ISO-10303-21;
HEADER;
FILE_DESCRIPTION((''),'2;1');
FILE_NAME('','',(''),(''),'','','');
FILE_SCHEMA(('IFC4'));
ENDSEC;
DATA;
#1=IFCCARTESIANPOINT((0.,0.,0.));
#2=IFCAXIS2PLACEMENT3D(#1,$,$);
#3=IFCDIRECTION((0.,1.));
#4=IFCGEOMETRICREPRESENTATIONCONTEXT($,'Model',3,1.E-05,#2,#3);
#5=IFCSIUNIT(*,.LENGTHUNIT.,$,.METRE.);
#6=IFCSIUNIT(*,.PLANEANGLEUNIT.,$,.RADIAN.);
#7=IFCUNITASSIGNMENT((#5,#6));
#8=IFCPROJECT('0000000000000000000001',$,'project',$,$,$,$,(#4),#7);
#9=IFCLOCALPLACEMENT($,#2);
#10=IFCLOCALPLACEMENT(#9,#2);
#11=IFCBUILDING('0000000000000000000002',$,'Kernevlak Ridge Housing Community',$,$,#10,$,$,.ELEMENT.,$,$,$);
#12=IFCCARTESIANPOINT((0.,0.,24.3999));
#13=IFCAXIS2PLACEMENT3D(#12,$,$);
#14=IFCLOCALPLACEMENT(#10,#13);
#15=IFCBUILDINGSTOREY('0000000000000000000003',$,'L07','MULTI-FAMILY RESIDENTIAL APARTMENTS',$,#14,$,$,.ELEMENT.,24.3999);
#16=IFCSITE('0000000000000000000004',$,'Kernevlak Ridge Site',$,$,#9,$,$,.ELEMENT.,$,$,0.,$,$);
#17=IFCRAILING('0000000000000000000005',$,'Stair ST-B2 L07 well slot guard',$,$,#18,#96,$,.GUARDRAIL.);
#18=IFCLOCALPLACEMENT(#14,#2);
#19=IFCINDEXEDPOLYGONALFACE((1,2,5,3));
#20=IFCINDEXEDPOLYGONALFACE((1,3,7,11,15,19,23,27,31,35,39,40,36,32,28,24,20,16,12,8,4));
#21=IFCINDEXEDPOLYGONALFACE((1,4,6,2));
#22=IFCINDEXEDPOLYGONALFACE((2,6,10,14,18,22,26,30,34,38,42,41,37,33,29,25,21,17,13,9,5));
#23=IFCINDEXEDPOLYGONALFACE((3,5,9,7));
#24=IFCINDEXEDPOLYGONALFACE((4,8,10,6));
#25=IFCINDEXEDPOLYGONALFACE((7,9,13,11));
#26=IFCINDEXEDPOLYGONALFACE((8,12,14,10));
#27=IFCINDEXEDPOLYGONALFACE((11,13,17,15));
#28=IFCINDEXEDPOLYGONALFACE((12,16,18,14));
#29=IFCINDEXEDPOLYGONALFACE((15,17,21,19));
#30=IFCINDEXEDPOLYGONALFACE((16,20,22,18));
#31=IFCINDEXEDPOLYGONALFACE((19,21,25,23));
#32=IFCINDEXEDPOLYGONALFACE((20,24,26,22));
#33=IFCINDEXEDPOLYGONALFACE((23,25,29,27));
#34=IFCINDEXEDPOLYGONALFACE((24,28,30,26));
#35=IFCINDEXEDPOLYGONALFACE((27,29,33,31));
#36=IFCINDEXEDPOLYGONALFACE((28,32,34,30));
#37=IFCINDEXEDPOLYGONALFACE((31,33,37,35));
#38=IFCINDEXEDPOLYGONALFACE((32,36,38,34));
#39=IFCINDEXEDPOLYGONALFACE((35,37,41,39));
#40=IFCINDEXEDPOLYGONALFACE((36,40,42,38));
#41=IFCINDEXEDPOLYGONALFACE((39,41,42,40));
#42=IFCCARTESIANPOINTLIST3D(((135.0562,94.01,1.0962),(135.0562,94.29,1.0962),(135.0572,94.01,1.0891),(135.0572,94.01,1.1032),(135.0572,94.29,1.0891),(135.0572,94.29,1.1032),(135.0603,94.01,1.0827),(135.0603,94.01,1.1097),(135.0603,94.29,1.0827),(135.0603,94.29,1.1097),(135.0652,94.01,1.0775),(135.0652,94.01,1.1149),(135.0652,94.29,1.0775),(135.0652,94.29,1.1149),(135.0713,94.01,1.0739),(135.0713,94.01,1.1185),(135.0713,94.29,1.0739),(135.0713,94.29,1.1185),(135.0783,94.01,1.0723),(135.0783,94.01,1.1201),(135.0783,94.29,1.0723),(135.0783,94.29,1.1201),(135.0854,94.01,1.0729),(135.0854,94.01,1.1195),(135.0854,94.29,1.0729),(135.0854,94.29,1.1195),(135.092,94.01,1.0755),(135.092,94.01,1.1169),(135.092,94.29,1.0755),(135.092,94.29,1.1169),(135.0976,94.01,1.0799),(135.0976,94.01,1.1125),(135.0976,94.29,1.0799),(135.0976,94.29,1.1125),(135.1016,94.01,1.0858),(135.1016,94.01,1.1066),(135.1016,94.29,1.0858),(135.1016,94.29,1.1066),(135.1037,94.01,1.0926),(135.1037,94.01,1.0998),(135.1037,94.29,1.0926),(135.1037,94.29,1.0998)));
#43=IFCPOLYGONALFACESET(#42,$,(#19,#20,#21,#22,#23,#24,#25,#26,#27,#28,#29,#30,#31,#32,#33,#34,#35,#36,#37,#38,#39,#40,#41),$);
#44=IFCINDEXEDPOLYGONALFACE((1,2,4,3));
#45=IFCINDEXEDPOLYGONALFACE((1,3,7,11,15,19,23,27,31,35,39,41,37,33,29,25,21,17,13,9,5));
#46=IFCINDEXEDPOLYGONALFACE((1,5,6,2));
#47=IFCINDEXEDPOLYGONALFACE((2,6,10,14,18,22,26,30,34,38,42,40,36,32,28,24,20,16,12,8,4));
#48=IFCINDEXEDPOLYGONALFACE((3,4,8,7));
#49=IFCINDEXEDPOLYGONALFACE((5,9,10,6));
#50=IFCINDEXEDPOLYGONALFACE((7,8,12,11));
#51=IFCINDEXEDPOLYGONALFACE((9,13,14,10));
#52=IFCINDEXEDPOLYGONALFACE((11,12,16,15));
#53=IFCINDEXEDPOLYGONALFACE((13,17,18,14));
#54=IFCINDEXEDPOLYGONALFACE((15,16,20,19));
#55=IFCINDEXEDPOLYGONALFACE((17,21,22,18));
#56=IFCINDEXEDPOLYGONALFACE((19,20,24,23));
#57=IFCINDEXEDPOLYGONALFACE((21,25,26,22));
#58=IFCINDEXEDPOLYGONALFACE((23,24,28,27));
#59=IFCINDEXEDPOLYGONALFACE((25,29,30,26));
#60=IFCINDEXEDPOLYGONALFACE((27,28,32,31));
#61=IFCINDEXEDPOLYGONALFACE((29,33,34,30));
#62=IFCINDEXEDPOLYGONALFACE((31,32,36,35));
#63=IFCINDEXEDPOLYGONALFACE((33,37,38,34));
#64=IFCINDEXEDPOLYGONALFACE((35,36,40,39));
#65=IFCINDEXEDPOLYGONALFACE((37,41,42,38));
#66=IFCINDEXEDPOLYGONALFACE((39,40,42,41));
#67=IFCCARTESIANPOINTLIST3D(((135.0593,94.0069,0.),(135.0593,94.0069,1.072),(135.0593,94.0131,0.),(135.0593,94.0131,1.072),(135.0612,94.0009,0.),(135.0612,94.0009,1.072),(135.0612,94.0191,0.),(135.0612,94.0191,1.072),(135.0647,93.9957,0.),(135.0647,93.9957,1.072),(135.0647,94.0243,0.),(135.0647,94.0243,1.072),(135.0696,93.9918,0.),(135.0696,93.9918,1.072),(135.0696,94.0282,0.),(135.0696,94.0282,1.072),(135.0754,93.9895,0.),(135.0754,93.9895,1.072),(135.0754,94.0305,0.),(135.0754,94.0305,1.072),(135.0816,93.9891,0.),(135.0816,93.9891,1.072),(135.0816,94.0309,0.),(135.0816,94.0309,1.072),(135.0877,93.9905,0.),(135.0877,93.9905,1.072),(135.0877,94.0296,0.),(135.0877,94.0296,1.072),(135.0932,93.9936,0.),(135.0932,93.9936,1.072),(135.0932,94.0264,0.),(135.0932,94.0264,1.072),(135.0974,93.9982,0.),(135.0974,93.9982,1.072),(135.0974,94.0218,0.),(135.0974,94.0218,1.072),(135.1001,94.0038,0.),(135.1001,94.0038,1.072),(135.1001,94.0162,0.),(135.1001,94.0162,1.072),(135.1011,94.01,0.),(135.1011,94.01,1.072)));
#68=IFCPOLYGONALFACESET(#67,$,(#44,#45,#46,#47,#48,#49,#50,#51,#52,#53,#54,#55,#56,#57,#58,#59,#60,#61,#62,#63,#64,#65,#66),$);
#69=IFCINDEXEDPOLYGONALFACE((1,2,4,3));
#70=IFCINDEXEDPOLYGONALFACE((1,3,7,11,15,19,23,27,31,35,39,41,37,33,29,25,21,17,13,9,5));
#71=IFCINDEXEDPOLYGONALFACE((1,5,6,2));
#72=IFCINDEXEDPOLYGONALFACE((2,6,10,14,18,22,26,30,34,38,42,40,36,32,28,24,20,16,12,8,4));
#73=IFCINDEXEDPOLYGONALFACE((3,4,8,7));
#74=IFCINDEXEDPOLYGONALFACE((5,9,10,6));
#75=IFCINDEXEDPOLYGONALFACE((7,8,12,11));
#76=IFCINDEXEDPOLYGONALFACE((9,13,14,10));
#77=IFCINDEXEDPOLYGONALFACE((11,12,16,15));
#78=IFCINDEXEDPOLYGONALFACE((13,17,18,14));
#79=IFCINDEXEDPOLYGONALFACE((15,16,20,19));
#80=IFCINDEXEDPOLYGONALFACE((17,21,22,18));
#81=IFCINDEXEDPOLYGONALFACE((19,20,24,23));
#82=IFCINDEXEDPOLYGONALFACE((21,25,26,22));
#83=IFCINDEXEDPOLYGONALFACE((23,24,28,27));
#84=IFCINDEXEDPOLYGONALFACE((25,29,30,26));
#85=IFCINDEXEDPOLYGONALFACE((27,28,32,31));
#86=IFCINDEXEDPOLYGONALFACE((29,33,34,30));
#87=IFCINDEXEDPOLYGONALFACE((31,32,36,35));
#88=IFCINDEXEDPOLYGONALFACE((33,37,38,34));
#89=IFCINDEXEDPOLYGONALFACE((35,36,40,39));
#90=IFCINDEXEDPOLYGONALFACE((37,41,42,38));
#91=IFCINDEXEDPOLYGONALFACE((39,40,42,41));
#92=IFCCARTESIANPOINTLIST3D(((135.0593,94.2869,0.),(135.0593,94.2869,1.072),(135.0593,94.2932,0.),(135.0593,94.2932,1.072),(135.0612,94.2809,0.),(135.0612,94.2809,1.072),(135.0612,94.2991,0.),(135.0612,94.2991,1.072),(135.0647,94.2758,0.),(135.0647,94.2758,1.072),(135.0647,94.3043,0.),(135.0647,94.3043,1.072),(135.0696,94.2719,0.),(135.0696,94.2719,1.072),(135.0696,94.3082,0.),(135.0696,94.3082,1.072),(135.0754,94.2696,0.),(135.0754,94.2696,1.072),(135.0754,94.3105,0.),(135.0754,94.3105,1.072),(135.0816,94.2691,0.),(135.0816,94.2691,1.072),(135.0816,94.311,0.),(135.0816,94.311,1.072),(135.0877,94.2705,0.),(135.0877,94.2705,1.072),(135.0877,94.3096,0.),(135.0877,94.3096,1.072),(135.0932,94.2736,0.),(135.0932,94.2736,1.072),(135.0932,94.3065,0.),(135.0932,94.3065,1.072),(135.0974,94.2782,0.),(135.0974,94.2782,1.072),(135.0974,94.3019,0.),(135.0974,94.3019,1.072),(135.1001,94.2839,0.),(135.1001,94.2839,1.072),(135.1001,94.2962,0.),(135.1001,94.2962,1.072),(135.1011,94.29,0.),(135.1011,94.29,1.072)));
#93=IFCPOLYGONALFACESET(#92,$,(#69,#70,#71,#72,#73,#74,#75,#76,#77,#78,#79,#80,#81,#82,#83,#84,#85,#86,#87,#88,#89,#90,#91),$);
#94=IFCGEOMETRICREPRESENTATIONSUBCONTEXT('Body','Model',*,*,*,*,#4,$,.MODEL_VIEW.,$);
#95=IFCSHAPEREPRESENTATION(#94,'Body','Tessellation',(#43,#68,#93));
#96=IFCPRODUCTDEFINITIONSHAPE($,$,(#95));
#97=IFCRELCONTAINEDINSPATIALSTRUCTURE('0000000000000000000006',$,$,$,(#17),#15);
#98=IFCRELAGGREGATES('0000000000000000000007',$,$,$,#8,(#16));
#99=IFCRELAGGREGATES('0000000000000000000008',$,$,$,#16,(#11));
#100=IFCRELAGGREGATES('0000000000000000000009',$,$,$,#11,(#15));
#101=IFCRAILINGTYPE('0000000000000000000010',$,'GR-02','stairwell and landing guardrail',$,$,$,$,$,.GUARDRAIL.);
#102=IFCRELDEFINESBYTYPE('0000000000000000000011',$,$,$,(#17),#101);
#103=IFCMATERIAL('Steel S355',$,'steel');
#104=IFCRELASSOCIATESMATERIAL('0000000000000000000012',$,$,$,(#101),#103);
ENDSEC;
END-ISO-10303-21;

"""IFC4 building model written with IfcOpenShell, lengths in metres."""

from ifc_helpers import new_model, si_unit, direction, frame, origin, origin_2d, place, context, subcontext, project, spatial, circle, extrude, material, type_object, element, save


model = new_model("IFC4")

# Units and contexts
model_context = context("Model", 3, precision=1e-05, world=origin(), true_north=direction((0.0, 1.0)))
body_context = subcontext(model_context, "Body", "Model", "MODEL_VIEW")
ifc_project = project(units=[si_unit("LENGTHUNIT", "METRE"), si_unit("PLANEANGLEUNIT", "RADIAN")], contexts=[model_context])

# Site, building, storey
site_placement = place(None, origin())
site = spatial("IfcSite", under=ifc_project, at=site_placement, Name="Kernevlak Ridge Site", CompositionType="ELEMENT", RefElevation=0.0)
building_placement = place(site_placement, origin())
building = spatial("IfcBuilding", under=site, at=building_placement, Name="Kernevlak Ridge Housing Community", CompositionType="ELEMENT")
storey_placement = place(building_placement, frame((0.0, 0.0, 24.3999)))
storey = spatial("IfcBuildingStorey", under=building, at=storey_placement, Name="L07", Description="MULTI-FAMILY RESIDENTIAL APARTMENTS", CompositionType="ELEMENT", Elevation=24.3999)

# Railing
ifc_material_1 = material(Name="Steel S355", Category="steel")
railing_type_1 = type_object("IfcRailingType", Name="GR-02", Description="stairwell and landing guardrail", PredefinedType="GUARDRAIL", material=ifc_material_1)
railing_1_placement = place(storey_placement, frame((135.0801, 94.01, 0.0)))
element("IfcRailing", 1, at=railing_1_placement, inside=storey, type_object=railing_type_1, Name="Stair ST-B2 L07 well slot guard", PredefinedType="GUARDRAIL", context=body_context, shape_type="SweptSolid", body=[
    extrude(circle(Radius=0.0239, at=origin_2d()), frame((0.0, 0.0, 1.0962), z_axis=(0.0, 1.0, 0.0), x_axis=(-1.0, 0.0, 0.0)), (0.0, 0.0, 1.0), 0.28),
    extrude(circle(Radius=0.021, at=origin_2d()), origin(), (0.0, 0.0, 1.0), 1.072),
    extrude(circle(Radius=0.021, at=origin_2d()), frame((0.0, 0.28, 0.0)), (0.0, 0.0, 1.0), 1.072),
])

save(model, "model.ifc")
